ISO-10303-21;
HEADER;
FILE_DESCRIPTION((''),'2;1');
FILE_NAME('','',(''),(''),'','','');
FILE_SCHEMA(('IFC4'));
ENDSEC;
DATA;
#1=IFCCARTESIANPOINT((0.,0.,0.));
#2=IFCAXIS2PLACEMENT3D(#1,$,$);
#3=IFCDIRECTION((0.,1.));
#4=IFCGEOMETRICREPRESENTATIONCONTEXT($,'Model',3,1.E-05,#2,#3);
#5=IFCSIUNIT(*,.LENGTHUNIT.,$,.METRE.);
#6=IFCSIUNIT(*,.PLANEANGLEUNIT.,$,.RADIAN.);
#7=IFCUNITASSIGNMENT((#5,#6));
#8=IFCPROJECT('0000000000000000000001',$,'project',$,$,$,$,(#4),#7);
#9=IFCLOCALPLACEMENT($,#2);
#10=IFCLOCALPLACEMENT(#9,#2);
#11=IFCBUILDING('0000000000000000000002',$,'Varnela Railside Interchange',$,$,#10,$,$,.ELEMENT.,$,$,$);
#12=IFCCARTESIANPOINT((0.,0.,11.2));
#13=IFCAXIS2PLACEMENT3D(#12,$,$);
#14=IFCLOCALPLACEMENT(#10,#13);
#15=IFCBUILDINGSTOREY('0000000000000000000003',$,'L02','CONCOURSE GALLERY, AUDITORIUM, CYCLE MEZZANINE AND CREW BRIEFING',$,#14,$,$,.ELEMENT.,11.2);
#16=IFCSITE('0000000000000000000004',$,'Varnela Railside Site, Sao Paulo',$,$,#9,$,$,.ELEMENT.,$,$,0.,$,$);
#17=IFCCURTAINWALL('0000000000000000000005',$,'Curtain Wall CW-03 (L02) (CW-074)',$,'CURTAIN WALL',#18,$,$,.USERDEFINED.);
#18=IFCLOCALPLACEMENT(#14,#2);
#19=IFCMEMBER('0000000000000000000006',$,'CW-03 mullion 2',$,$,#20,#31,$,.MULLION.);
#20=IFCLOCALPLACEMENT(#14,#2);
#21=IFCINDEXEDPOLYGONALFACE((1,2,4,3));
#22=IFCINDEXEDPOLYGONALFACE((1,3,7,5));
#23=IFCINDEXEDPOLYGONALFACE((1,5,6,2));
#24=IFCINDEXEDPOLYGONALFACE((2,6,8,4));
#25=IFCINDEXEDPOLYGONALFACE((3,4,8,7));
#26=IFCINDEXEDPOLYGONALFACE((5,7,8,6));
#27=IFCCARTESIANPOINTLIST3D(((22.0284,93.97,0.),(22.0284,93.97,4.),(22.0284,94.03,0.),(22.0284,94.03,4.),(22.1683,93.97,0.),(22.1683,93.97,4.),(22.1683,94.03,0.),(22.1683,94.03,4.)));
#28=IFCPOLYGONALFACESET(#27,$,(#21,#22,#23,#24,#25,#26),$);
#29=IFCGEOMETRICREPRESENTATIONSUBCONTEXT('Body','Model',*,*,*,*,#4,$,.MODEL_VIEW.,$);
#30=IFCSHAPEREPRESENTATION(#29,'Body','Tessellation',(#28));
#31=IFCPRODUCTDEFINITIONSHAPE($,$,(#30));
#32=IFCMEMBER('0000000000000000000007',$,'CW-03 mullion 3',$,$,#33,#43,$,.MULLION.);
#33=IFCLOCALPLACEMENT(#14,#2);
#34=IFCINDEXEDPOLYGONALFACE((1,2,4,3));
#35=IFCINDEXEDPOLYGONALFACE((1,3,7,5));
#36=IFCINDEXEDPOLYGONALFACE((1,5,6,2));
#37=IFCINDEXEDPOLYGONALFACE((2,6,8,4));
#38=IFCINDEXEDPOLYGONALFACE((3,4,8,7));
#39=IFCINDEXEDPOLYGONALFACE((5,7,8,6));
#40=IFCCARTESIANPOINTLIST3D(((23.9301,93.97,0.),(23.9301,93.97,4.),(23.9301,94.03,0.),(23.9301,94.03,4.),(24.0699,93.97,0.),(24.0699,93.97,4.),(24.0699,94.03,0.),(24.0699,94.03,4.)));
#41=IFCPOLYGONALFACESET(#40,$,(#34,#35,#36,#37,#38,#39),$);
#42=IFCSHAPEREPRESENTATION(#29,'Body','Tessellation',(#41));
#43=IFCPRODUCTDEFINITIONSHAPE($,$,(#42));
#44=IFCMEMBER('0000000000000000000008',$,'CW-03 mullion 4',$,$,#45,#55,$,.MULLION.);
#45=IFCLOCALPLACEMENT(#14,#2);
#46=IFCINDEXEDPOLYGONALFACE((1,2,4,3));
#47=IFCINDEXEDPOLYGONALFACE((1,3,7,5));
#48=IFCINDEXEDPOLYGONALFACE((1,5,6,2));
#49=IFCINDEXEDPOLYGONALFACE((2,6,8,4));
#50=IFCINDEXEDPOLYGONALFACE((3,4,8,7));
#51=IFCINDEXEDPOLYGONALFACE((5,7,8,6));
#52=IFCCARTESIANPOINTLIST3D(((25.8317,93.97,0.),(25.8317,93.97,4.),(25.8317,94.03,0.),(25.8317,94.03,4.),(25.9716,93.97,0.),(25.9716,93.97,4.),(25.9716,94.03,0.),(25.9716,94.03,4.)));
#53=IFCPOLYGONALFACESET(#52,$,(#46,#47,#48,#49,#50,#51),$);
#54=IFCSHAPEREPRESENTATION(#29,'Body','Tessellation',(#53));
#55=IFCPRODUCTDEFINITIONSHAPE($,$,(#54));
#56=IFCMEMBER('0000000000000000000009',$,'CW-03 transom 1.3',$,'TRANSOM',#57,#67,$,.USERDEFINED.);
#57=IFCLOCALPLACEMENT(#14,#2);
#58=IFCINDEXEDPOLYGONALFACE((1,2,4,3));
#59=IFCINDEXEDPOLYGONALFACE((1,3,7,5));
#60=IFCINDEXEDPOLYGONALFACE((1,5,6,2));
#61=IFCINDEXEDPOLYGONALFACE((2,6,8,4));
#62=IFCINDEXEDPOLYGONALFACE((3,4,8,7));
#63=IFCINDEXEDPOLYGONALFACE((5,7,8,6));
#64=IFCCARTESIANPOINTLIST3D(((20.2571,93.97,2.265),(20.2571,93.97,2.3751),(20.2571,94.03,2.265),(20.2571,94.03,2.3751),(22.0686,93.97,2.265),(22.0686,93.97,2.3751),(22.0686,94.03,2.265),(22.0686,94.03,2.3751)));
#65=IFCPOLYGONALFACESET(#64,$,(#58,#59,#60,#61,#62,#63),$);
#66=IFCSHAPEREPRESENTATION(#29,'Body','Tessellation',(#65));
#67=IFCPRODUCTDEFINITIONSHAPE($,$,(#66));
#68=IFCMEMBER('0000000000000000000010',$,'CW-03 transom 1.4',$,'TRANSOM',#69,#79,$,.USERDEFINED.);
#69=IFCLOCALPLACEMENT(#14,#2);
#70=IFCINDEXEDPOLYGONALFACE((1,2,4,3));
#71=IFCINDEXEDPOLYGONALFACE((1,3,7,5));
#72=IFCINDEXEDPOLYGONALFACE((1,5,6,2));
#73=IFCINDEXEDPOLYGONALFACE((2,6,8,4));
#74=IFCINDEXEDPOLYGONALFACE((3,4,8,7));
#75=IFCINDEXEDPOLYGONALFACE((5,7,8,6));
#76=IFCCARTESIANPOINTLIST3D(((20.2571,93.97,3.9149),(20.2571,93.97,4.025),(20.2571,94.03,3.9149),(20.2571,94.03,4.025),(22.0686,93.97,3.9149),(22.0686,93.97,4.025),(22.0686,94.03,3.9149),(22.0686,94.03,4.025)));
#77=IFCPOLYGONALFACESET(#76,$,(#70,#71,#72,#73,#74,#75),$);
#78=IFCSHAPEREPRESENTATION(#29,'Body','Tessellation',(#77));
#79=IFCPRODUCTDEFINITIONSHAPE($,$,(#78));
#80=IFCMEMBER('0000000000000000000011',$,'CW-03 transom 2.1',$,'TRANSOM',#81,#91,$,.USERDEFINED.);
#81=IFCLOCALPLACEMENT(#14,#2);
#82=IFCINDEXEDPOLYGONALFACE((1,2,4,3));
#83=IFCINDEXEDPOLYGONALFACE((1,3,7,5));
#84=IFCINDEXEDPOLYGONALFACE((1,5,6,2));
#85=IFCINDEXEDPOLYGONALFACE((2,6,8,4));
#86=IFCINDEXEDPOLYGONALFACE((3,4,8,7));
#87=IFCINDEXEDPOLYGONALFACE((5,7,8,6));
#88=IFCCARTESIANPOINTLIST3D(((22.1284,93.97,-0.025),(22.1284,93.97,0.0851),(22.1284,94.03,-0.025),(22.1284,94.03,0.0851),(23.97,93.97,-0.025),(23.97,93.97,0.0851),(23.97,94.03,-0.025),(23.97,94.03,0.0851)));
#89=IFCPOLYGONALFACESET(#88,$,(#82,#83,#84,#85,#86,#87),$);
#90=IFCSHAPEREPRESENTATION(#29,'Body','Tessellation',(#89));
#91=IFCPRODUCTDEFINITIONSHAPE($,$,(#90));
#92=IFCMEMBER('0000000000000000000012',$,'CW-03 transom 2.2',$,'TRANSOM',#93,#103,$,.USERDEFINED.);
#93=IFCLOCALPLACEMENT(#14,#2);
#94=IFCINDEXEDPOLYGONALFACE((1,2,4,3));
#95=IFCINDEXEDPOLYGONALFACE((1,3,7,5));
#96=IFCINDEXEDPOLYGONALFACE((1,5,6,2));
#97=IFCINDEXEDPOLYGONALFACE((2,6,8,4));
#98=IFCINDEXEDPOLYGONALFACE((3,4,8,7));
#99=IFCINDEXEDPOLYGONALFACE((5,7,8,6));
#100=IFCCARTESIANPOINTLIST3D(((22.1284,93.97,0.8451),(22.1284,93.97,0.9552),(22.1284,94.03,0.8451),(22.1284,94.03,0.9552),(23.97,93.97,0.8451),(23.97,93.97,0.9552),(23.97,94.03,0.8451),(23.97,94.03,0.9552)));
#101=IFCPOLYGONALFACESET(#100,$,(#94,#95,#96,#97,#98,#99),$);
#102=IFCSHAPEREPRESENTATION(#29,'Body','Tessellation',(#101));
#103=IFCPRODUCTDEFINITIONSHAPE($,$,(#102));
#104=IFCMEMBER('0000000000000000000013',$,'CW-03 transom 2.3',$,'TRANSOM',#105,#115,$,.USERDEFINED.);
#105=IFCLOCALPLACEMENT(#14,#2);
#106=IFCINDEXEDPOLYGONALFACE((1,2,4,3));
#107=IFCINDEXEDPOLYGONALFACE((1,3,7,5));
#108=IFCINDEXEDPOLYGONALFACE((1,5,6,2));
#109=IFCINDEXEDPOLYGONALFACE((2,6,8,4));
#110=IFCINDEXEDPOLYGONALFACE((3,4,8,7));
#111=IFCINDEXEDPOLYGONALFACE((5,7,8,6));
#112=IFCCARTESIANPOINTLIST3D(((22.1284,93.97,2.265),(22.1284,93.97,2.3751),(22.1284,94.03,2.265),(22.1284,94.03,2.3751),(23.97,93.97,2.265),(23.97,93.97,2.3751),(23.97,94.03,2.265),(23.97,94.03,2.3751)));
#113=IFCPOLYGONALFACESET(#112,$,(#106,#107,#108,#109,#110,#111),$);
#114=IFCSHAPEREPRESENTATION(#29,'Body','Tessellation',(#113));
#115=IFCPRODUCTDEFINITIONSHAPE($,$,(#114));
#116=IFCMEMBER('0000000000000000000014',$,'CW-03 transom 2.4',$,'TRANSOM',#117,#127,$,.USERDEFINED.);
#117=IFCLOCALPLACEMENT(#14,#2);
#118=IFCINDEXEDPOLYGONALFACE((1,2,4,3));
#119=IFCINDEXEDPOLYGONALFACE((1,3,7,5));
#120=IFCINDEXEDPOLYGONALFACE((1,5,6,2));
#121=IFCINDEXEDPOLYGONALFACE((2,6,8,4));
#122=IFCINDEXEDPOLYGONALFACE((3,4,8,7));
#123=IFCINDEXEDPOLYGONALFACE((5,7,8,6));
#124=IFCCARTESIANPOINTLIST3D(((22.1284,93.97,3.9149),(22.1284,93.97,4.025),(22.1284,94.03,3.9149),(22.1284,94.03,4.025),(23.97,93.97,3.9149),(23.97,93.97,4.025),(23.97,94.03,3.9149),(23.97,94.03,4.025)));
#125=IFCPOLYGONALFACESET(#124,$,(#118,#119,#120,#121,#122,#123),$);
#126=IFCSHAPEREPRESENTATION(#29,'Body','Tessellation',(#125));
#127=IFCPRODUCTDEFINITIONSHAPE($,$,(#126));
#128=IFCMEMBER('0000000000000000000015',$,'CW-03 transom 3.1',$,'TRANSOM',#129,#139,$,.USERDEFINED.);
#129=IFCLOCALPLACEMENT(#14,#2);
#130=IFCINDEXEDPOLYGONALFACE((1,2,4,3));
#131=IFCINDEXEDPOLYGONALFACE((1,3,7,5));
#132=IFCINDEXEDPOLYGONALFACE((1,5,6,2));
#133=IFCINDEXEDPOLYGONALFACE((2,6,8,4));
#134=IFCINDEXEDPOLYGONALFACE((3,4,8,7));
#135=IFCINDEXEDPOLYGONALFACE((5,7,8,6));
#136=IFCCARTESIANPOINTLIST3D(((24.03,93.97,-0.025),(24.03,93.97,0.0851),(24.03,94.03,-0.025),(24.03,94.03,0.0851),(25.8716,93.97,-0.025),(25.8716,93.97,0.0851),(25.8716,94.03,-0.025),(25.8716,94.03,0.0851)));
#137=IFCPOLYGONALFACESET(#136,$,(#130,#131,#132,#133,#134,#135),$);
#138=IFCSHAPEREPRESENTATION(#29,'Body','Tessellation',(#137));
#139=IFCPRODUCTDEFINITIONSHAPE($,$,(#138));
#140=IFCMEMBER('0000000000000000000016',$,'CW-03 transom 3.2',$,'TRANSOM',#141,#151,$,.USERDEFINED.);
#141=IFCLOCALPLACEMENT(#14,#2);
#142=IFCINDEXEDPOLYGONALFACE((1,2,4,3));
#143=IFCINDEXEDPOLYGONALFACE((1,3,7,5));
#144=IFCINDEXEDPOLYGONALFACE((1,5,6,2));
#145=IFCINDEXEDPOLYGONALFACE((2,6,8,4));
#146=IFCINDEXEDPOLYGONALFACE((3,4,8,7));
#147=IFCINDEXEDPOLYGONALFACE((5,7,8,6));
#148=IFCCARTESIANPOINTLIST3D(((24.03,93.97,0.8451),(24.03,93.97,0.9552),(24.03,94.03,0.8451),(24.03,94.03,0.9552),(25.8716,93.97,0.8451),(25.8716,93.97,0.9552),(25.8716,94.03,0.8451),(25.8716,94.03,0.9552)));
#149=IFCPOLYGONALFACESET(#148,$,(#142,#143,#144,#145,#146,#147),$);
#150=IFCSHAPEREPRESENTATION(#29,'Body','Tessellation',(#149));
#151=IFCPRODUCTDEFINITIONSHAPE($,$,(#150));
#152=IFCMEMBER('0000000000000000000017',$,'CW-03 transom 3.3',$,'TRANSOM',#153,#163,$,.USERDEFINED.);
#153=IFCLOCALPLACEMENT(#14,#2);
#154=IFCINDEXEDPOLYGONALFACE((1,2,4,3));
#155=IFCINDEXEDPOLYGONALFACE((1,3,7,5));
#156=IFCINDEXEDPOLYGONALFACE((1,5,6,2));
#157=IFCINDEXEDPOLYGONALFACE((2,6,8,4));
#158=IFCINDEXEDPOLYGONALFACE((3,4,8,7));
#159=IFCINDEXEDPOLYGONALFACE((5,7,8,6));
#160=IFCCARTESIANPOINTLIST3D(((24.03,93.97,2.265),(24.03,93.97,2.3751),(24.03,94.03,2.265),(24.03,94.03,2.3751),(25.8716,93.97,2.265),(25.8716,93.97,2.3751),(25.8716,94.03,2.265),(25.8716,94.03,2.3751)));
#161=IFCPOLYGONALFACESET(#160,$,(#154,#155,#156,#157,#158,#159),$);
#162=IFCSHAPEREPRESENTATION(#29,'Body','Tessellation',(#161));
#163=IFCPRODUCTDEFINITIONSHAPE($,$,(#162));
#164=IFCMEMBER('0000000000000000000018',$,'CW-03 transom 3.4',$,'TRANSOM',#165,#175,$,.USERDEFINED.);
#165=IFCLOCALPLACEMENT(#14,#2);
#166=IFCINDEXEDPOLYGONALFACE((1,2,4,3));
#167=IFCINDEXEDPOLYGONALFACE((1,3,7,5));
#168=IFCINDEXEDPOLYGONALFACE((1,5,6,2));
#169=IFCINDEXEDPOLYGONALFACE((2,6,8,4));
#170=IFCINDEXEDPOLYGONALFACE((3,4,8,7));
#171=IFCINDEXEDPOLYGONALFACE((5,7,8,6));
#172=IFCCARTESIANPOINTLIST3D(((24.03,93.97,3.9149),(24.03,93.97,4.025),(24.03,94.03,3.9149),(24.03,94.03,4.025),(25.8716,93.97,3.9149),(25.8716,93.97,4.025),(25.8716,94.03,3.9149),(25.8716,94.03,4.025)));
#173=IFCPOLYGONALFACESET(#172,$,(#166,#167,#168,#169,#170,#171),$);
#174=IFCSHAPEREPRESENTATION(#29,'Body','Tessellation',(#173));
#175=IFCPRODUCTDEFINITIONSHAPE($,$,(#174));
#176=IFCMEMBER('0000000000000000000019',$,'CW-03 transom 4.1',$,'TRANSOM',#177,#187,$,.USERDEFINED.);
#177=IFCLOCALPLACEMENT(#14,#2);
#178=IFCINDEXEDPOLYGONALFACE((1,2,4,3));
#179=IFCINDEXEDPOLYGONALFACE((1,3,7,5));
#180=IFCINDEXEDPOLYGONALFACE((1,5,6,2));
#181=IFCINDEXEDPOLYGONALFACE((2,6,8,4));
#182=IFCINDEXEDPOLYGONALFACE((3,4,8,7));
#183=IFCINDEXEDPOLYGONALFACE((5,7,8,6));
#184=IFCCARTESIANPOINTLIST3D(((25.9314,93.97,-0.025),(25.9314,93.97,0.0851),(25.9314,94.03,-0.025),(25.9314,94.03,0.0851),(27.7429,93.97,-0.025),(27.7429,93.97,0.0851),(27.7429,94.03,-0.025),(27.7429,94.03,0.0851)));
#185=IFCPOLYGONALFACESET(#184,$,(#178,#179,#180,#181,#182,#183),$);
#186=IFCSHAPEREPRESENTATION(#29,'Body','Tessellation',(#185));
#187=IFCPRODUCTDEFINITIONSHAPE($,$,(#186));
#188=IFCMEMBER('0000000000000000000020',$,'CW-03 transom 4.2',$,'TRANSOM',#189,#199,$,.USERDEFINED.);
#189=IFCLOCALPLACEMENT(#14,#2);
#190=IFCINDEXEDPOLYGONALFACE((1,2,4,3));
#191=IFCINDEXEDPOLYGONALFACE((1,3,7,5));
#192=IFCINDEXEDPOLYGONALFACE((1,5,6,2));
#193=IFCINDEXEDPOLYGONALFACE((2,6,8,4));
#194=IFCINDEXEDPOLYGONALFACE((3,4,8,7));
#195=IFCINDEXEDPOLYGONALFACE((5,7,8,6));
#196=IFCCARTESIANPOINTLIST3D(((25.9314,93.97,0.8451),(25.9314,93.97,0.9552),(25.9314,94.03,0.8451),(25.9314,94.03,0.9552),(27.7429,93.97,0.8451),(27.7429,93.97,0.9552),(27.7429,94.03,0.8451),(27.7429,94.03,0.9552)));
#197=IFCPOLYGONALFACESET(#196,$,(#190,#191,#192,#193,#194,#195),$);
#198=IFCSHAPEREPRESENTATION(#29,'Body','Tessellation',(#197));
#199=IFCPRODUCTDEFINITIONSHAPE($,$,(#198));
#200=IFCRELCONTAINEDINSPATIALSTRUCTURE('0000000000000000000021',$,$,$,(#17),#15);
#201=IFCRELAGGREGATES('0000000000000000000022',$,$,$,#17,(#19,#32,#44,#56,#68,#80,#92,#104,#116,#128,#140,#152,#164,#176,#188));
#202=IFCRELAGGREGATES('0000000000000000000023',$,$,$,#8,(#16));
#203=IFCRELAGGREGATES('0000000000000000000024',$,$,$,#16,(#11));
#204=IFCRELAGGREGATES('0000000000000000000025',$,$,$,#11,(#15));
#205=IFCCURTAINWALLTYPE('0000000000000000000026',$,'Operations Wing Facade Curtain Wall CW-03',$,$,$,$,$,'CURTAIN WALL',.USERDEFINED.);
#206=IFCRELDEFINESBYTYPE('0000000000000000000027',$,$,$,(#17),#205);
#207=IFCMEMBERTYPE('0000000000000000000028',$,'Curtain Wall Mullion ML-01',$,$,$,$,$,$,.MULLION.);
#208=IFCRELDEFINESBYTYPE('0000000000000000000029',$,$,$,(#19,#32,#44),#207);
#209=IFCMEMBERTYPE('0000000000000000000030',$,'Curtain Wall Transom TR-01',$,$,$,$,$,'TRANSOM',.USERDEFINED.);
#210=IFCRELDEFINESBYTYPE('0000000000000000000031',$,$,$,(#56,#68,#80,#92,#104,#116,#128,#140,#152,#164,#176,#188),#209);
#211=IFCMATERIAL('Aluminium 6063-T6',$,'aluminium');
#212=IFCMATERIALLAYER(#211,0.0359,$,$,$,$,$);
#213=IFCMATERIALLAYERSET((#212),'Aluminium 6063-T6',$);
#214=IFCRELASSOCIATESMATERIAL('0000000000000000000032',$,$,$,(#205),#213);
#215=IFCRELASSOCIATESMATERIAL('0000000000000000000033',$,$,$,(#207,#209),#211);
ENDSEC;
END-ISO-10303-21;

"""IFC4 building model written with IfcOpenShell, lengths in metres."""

from ifc_helpers import new_model, si_unit, direction, frame, origin, origin_2d, place, context, subcontext, project, spatial, rectangle, extrude, material, layer, layer_set, material_profile, profile_set, type_object, element, aggregate, save


model = new_model("IFC4")

# Units and contexts
model_context = context("Model", 3, precision=1e-05, world=origin(), true_north=direction((0.0, 1.0)))
body_context = subcontext(model_context, "Body", "Model", "MODEL_VIEW")
ifc_project = project(units=[si_unit("LENGTHUNIT", "METRE"), si_unit("PLANEANGLEUNIT", "RADIAN")], contexts=[model_context])

# Site, building, storey
site_placement = place(None, origin())
site = spatial("IfcSite", under=ifc_project, at=site_placement, Name="Varnela Railside Site, Sao Paulo", CompositionType="ELEMENT", RefElevation=0.0)
building_placement = place(site_placement, origin())
building = spatial("IfcBuilding", under=site, at=building_placement, Name="Varnela Railside Interchange", CompositionType="ELEMENT")
storey_placement = place(building_placement, frame((0.0, 0.0, 11.2)))
storey = spatial("IfcBuildingStorey", under=building, at=storey_placement, Name="L02", Description="CONCOURSE GALLERY, AUDITORIUM, CYCLE MEZZANINE AND CREW BRIEFING", CompositionType="ELEMENT", Elevation=11.2)

# Curtain wall, members
ifc_material_1 = material(Name="Aluminium 6063-T6", Category="aluminium")
ifc_layer_1 = layer(ifc_material_1, 0.0359)
ifc_layer_set_1 = layer_set([ifc_layer_1], Name="Aluminium 6063-T6")
curtain_wall_type = type_object("IfcCurtainWallType", Name="Operations Wing Facade Curtain Wall CW-03", ElementType="CURTAIN WALL", PredefinedType="USERDEFINED", material=ifc_layer_set_1)
curtain_wall_placement = place(storey_placement, origin())
curtain_wall = element("IfcCurtainWall", 1, at=curtain_wall_placement, inside=storey, type_object=curtain_wall_type, Name="Curtain Wall CW-03 (L02) (CW-074)", ObjectType="CURTAIN WALL", PredefinedType="USERDEFINED")
ifc_material_profile_1 = material_profile(ifc_material_1, rectangle(XDim=0.0601, YDim=0.1399, at=origin_2d()), Name="ALU 60x140")
ifc_profile_set_1 = profile_set([ifc_material_profile_1], Name="Aluminium 6063-T6")
member_type_1 = type_object("IfcMemberType", Name="Curtain Wall Mullion ML-01", PredefinedType="MULLION", material=ifc_profile_set_1)
member_1_placement = place(storey_placement, frame((22.0984, 94.0, 0.0), z_axis=(0.0, 0.0, 1.0), x_axis=(0.0, 1.0, 0.0)))
member_1 = element("IfcMember", 2, at=member_1_placement, type_object=member_type_1, Name="CW-03 mullion 2", PredefinedType="MULLION", context=body_context, shape_type="SweptSolid", body=[
    extrude(rectangle(XDim=0.0601, YDim=0.1399, at=origin_2d()), origin(), (0.0, 0.0, 1.0), 4.0),
])
member_2_placement = place(storey_placement, frame((24.0, 94.0, 0.0), z_axis=(0.0, 0.0, 1.0), x_axis=(0.0, 1.0, 0.0)))
member_2 = element("IfcMember", 3, at=member_2_placement, type_object=member_type_1, Name="CW-03 mullion 3", PredefinedType="MULLION", context=body_context, shape_type="SweptSolid", body=[
    extrude(rectangle(XDim=0.0601, YDim=0.1399, at=origin_2d()), origin(), (0.0, 0.0, 1.0), 4.0),
])
member_3_placement = place(storey_placement, frame((25.9016, 94.0, 0.0), z_axis=(0.0, 0.0, 1.0), x_axis=(0.0, 1.0, 0.0)))
member_3 = element("IfcMember", 4, at=member_3_placement, type_object=member_type_1, Name="CW-03 mullion 4", PredefinedType="MULLION", context=body_context, shape_type="SweptSolid", body=[
    extrude(rectangle(XDim=0.0601, YDim=0.1399, at=origin_2d()), origin(), (0.0, 0.0, 1.0), 4.0),
])
ifc_material_profile_2 = material_profile(ifc_material_1, rectangle(XDim=0.0601, YDim=0.1101, at=origin_2d()), Name="ALU 60x110")
ifc_profile_set_2 = profile_set([ifc_material_profile_2], Name="Aluminium 6063-T6")
member_type_2 = type_object("IfcMemberType", Name="Curtain Wall Transom TR-01", ElementType="TRANSOM", PredefinedType="USERDEFINED", material=ifc_profile_set_2)
member_4_placement = place(storey_placement, frame((20.2571, 94.0, 2.3201), z_axis=(1.0, 0.0, 0.0), x_axis=(0.0, 1.0, 0.0)))
member_4 = element("IfcMember", 5, at=member_4_placement, type_object=member_type_2, Name="CW-03 transom 1.3", ObjectType="TRANSOM", PredefinedType="USERDEFINED", context=body_context, shape_type="SweptSolid", body=[
    extrude(rectangle(XDim=0.0601, YDim=0.1101, at=origin_2d()), origin(), (0.0, 0.0, 1.0), 1.8115),
])
member_5_placement = place(storey_placement, frame((20.2571, 94.0, 3.97), z_axis=(1.0, 0.0, 0.0), x_axis=(0.0, 1.0, 0.0)))
member_5 = element("IfcMember", 6, at=member_5_placement, type_object=member_type_2, Name="CW-03 transom 1.4", ObjectType="TRANSOM", PredefinedType="USERDEFINED", context=body_context, shape_type="SweptSolid", body=[
    extrude(rectangle(XDim=0.0601, YDim=0.1101, at=origin_2d()), origin(), (0.0, 0.0, 1.0), 1.8115),
])
member_6_placement = place(storey_placement, frame((22.1284, 94.0, 0.03), z_axis=(1.0, 0.0, 0.0), x_axis=(0.0, 1.0, 0.0)))
member_6 = element("IfcMember", 7, at=member_6_placement, type_object=member_type_2, Name="CW-03 transom 2.1", ObjectType="TRANSOM", PredefinedType="USERDEFINED", context=body_context, shape_type="SweptSolid", body=[
    extrude(rectangle(XDim=0.0601, YDim=0.1101, at=origin_2d()), origin(), (0.0, 0.0, 1.0), 1.8416),
])
member_7_placement = place(storey_placement, frame((22.1284, 94.0, 0.9001), z_axis=(1.0, 0.0, 0.0), x_axis=(0.0, 1.0, 0.0)))
member_7 = element("IfcMember", 8, at=member_7_placement, type_object=member_type_2, Name="CW-03 transom 2.2", ObjectType="TRANSOM", PredefinedType="USERDEFINED", context=body_context, shape_type="SweptSolid", body=[
    extrude(rectangle(XDim=0.0601, YDim=0.1101, at=origin_2d()), origin(), (0.0, 0.0, 1.0), 1.8416),
])
member_8_placement = place(storey_placement, frame((22.1284, 94.0, 2.3201), z_axis=(1.0, 0.0, 0.0), x_axis=(0.0, 1.0, 0.0)))
member_8 = element("IfcMember", 9, at=member_8_placement, type_object=member_type_2, Name="CW-03 transom 2.3", ObjectType="TRANSOM", PredefinedType="USERDEFINED", context=body_context, shape_type="SweptSolid", body=[
    extrude(rectangle(XDim=0.0601, YDim=0.1101, at=origin_2d()), origin(), (0.0, 0.0, 1.0), 1.8416),
])
member_9_placement = place(storey_placement, frame((22.1284, 94.0, 3.97), z_axis=(1.0, 0.0, 0.0), x_axis=(0.0, 1.0, 0.0)))
member_9 = element("IfcMember", 10, at=member_9_placement, type_object=member_type_2, Name="CW-03 transom 2.4", ObjectType="TRANSOM", PredefinedType="USERDEFINED", context=body_context, shape_type="SweptSolid", body=[
    extrude(rectangle(XDim=0.0601, YDim=0.1101, at=origin_2d()), origin(), (0.0, 0.0, 1.0), 1.8416),
])
member_10_placement = place(storey_placement, frame((24.03, 94.0, 0.03), z_axis=(1.0, 0.0, 0.0), x_axis=(0.0, 1.0, 0.0)))
member_10 = element("IfcMember", 11, at=member_10_placement, type_object=member_type_2, Name="CW-03 transom 3.1", ObjectType="TRANSOM", PredefinedType="USERDEFINED", context=body_context, shape_type="SweptSolid", body=[
    extrude(rectangle(XDim=0.0601, YDim=0.1101, at=origin_2d()), origin(), (0.0, 0.0, 1.0), 1.8416),
])
member_11_placement = place(storey_placement, frame((24.03, 94.0, 0.9001), z_axis=(1.0, 0.0, 0.0), x_axis=(0.0, 1.0, 0.0)))
member_11 = element("IfcMember", 12, at=member_11_placement, type_object=member_type_2, Name="CW-03 transom 3.2", ObjectType="TRANSOM", PredefinedType="USERDEFINED", context=body_context, shape_type="SweptSolid", body=[
    extrude(rectangle(XDim=0.0601, YDim=0.1101, at=origin_2d()), origin(), (0.0, 0.0, 1.0), 1.8416),
])
member_12_placement = place(storey_placement, frame((24.03, 94.0, 2.3201), z_axis=(1.0, 0.0, 0.0), x_axis=(0.0, 1.0, 0.0)))
member_12 = element("IfcMember", 13, at=member_12_placement, type_object=member_type_2, Name="CW-03 transom 3.3", ObjectType="TRANSOM", PredefinedType="USERDEFINED", context=body_context, shape_type="SweptSolid", body=[
    extrude(rectangle(XDim=0.0601, YDim=0.1101, at=origin_2d()), origin(), (0.0, 0.0, 1.0), 1.8416),
])
member_13_placement = place(storey_placement, frame((24.03, 94.0, 3.97), z_axis=(1.0, 0.0, 0.0), x_axis=(0.0, 1.0, 0.0)))
member_13 = element("IfcMember", 14, at=member_13_placement, type_object=member_type_2, Name="CW-03 transom 3.4", ObjectType="TRANSOM", PredefinedType="USERDEFINED", context=body_context, shape_type="SweptSolid", body=[
    extrude(rectangle(XDim=0.0601, YDim=0.1101, at=origin_2d()), origin(), (0.0, 0.0, 1.0), 1.8416),
])
member_14_placement = place(storey_placement, frame((25.9314, 94.0, 0.03), z_axis=(1.0, 0.0, 0.0), x_axis=(0.0, 1.0, 0.0)))
member_14 = element("IfcMember", 15, at=member_14_placement, type_object=member_type_2, Name="CW-03 transom 4.1", ObjectType="TRANSOM", PredefinedType="USERDEFINED", context=body_context, shape_type="SweptSolid", body=[
    extrude(rectangle(XDim=0.0601, YDim=0.1101, at=origin_2d()), origin(), (0.0, 0.0, 1.0), 1.8115),
])
member_15_placement = place(storey_placement, frame((25.9314, 94.0, 0.9001), z_axis=(1.0, 0.0, 0.0), x_axis=(0.0, 1.0, 0.0)))
member_15 = element("IfcMember", 16, at=member_15_placement, type_object=member_type_2, Name="CW-03 transom 4.2", ObjectType="TRANSOM", PredefinedType="USERDEFINED", context=body_context, shape_type="SweptSolid", body=[
    extrude(rectangle(XDim=0.0601, YDim=0.1101, at=origin_2d()), origin(), (0.0, 0.0, 1.0), 1.8115),
])
aggregate(curtain_wall, [member_1, member_2, member_3, member_4, member_5, member_6, member_7, member_8, member_9, member_10, member_11, member_12, member_13, member_14, member_15])

save(model, "model.ifc")
